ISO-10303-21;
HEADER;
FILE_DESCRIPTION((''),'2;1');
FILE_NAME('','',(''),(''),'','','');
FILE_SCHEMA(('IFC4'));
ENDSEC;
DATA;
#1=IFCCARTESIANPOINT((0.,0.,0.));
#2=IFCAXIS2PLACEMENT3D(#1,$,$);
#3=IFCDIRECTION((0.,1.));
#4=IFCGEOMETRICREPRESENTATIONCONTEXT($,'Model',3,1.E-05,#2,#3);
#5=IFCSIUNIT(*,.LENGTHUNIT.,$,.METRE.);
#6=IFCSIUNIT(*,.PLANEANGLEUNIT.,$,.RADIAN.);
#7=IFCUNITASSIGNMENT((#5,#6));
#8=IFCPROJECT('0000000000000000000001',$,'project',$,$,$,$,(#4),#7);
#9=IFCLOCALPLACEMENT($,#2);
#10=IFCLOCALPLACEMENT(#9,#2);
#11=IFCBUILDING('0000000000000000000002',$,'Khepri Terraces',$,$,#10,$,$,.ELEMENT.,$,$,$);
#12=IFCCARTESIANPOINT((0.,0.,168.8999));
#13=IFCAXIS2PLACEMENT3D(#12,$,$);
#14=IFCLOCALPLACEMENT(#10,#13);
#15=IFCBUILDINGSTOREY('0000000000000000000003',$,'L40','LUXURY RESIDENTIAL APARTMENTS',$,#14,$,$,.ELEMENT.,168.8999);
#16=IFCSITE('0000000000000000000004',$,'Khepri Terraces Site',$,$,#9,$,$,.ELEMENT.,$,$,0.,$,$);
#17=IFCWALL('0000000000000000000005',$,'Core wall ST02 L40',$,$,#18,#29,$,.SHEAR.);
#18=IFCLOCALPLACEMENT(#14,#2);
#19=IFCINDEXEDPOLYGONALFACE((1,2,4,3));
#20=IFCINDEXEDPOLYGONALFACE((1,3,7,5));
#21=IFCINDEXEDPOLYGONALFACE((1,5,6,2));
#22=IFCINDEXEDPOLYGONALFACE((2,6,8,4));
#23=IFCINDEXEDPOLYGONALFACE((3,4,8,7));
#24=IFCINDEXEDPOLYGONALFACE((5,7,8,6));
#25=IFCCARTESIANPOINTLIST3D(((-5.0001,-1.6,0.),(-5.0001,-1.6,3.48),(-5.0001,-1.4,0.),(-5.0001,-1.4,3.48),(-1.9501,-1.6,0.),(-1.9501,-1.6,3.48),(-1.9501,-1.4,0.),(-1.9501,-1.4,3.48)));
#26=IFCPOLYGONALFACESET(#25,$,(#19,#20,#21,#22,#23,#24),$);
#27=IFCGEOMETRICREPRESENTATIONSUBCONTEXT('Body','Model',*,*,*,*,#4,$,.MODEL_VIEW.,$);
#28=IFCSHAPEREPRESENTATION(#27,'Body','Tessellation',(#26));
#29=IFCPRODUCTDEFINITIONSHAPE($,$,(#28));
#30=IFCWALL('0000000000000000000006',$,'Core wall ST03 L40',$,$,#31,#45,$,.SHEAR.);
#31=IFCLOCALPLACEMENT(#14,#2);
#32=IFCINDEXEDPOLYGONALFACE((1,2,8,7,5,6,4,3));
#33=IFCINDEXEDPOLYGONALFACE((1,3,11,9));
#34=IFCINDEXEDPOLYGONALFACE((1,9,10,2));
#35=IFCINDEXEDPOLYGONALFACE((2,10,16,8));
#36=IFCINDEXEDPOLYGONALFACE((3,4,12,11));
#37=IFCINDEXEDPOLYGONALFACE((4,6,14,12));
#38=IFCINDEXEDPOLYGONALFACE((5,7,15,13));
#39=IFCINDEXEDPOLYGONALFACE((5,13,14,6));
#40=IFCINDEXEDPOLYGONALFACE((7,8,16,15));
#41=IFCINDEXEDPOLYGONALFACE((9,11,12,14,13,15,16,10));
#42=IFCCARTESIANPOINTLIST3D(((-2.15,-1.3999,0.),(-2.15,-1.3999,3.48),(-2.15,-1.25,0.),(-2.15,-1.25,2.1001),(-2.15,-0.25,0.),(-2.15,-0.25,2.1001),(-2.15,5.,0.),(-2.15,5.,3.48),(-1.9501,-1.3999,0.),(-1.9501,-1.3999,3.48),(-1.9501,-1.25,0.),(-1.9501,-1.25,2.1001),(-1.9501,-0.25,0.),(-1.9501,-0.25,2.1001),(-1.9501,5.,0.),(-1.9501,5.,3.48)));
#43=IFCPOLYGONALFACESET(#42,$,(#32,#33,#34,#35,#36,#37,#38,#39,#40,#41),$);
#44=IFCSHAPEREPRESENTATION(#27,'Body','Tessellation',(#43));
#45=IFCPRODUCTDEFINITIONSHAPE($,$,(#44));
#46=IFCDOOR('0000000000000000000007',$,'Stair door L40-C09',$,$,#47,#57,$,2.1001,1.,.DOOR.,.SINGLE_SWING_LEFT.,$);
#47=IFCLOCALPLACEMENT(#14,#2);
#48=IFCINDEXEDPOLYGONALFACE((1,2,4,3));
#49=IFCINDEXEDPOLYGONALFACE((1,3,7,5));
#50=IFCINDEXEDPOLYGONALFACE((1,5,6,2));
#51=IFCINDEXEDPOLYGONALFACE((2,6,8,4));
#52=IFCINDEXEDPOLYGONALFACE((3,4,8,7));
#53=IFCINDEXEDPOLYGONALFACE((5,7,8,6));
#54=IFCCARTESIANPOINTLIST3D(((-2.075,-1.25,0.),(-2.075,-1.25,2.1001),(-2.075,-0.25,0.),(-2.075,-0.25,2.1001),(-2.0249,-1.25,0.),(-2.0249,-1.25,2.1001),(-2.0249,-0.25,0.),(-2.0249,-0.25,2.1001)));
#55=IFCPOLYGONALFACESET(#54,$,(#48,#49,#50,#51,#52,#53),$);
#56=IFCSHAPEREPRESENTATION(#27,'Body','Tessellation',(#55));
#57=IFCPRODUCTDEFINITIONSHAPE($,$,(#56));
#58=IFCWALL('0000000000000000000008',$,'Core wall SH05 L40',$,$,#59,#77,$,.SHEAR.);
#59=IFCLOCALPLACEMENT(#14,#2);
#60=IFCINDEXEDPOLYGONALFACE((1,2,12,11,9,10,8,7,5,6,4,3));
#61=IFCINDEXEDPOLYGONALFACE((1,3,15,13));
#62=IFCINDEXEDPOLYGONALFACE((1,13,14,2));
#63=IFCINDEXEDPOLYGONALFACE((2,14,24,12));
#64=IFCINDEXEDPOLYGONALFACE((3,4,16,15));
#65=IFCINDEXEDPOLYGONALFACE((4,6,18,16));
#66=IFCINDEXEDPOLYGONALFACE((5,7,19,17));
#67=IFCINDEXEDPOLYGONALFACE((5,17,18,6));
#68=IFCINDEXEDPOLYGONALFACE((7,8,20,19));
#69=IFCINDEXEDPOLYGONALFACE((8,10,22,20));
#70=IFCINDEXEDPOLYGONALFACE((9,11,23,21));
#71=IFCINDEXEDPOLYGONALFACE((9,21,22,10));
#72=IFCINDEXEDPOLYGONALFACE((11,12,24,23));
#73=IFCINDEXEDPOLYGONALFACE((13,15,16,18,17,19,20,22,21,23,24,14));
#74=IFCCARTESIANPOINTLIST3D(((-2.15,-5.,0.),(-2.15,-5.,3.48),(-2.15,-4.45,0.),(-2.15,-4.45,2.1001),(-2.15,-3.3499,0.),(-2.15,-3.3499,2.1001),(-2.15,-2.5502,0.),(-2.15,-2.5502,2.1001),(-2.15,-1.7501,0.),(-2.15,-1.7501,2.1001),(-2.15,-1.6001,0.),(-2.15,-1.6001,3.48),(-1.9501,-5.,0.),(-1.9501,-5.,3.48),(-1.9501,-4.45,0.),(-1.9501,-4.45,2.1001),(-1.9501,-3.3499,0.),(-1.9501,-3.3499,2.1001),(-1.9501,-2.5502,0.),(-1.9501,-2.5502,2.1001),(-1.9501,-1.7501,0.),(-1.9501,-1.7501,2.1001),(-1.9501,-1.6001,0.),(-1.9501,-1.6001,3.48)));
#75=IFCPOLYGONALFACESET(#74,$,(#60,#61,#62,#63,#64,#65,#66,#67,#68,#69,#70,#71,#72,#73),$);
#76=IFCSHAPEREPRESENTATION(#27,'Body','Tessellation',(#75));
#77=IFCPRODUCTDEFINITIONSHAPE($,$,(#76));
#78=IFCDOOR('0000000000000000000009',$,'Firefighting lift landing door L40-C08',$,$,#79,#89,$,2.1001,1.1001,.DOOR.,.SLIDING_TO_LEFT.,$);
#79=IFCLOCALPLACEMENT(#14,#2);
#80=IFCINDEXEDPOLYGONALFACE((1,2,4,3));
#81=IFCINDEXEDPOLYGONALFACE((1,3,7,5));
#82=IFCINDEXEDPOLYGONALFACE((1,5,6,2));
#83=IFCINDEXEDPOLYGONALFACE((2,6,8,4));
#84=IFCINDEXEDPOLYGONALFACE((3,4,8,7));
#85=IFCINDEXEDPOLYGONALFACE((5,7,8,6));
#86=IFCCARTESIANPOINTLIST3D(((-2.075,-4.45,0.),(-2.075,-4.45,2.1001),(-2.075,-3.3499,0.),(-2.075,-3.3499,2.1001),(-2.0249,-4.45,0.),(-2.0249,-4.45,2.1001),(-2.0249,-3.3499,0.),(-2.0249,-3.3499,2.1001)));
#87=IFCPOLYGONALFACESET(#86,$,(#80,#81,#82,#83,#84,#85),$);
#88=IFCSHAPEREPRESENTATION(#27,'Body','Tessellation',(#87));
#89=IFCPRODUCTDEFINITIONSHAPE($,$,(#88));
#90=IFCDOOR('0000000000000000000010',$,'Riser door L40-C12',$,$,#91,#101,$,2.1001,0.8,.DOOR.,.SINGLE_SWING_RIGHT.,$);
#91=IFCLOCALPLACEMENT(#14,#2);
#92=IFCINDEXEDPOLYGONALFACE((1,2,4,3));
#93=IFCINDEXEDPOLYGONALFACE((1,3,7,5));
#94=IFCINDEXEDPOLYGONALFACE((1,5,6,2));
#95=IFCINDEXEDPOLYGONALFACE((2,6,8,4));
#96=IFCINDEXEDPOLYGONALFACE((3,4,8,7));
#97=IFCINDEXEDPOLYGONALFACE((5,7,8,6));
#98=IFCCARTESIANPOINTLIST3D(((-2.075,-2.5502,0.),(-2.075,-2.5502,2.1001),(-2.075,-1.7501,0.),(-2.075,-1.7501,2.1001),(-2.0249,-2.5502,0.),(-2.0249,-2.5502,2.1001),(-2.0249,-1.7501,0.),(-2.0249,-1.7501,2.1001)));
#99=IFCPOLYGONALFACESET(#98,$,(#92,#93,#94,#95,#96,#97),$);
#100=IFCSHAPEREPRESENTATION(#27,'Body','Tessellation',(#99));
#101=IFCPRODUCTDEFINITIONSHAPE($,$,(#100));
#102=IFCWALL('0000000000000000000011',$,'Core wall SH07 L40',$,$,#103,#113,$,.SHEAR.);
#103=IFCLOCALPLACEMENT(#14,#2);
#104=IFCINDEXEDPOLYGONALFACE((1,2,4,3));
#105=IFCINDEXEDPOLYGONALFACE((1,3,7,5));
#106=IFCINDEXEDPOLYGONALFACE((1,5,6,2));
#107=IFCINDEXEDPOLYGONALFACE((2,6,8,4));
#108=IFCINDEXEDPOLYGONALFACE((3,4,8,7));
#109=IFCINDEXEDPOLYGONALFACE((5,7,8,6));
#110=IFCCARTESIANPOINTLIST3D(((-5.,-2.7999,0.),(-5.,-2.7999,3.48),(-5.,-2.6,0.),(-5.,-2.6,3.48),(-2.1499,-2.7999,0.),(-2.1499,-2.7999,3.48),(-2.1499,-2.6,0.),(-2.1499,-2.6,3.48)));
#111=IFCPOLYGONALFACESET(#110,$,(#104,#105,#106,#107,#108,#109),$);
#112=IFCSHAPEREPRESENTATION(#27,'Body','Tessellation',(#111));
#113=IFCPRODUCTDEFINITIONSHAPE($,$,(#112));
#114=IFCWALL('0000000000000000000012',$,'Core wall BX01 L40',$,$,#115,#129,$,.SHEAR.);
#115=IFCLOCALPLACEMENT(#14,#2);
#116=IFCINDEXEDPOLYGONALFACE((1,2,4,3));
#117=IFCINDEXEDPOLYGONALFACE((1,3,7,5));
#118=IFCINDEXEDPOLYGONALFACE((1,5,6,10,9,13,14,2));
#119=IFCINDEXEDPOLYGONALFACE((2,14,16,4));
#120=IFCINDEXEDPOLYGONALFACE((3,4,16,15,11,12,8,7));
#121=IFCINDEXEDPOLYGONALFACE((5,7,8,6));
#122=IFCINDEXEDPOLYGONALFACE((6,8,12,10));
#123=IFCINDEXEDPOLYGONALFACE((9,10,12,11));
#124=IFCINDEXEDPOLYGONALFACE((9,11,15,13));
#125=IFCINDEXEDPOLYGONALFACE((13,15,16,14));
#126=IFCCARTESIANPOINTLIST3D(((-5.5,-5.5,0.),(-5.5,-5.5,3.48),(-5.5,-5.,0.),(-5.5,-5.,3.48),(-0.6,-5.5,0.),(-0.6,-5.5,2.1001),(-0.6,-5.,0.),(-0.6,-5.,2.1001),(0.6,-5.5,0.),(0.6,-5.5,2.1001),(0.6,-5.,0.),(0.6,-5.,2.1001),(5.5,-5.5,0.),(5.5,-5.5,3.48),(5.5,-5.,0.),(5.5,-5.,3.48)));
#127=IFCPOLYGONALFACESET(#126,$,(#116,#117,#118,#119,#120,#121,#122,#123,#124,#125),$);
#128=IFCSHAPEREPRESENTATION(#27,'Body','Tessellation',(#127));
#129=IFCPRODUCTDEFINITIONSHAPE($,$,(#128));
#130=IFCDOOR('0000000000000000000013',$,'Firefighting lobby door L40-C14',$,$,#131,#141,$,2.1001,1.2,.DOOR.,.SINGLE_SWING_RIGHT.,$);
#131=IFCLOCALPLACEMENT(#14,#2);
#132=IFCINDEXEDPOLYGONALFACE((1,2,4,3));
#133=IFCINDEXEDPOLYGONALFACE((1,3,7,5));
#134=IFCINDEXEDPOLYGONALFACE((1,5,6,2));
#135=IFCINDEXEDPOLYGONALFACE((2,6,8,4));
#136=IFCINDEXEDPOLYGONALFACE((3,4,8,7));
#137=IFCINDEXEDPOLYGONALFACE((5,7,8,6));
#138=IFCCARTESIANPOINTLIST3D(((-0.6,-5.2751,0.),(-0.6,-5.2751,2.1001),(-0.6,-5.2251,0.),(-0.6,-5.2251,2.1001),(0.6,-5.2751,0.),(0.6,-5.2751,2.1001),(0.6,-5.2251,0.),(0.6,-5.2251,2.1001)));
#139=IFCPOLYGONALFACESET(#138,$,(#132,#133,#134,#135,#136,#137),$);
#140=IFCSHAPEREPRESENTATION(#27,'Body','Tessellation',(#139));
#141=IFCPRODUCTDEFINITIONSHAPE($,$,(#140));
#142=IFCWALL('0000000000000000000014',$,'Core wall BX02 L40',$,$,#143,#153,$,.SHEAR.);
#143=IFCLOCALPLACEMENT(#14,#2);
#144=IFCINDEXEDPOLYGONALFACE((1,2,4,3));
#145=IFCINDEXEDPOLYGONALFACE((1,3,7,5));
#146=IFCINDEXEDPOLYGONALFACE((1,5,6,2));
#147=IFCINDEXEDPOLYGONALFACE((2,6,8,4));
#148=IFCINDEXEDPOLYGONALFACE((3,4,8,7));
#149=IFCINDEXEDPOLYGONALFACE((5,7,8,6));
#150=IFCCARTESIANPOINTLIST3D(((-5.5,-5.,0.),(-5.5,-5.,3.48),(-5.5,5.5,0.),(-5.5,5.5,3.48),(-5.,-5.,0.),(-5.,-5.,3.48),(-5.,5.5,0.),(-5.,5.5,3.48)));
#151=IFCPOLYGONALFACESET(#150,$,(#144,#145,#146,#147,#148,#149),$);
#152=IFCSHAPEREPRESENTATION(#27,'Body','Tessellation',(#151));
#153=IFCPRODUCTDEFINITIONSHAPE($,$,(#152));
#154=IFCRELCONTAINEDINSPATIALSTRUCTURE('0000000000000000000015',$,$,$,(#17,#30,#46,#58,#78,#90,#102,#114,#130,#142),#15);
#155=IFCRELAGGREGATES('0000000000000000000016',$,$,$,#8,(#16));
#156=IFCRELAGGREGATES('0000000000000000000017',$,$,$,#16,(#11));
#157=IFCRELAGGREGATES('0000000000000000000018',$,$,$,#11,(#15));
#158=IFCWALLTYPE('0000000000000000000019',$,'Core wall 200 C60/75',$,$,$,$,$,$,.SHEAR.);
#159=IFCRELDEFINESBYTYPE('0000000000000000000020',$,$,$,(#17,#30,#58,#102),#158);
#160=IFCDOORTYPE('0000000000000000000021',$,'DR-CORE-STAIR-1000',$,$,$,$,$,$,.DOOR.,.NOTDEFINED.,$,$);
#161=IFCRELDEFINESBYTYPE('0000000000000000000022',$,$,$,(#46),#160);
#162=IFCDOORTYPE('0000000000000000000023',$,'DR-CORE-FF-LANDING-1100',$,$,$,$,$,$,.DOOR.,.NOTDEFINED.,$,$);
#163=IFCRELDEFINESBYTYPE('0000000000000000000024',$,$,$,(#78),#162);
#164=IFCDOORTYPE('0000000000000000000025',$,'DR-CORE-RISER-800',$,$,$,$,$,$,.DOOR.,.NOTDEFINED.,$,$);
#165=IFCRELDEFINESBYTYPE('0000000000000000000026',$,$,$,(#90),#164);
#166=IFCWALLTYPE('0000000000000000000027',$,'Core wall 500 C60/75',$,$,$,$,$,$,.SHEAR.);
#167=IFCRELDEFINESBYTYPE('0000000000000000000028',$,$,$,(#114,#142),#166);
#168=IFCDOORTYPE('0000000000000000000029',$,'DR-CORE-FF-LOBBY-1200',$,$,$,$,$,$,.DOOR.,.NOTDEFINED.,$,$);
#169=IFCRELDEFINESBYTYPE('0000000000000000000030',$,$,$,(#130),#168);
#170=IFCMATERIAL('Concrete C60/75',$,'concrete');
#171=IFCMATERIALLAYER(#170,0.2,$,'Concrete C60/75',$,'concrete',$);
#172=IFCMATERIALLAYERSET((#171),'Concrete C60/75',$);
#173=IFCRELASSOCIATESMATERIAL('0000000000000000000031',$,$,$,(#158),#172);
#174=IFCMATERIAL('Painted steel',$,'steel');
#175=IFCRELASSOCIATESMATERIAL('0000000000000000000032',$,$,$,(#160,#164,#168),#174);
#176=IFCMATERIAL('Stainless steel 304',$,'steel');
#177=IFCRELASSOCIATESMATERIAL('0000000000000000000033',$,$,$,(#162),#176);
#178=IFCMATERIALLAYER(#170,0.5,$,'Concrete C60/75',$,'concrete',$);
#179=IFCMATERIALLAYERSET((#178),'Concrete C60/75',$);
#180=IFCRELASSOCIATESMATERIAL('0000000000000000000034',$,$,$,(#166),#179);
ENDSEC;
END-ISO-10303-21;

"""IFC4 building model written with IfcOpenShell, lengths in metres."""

from ifc_helpers import new_model, si_unit, direction, frame, frame_2d, origin, place, context, subcontext, project, spatial, rectangle, extrude, material, layer, layer_set, type_object, element, fill, save


model = new_model("IFC4")

# Units and contexts
model_context = context("Model", 3, precision=1e-05, world=origin(), true_north=direction((0.0, 1.0)))
body_context = subcontext(model_context, "Body", "Model", "MODEL_VIEW")
ifc_project = project(units=[si_unit("LENGTHUNIT", "METRE"), si_unit("PLANEANGLEUNIT", "RADIAN")], contexts=[model_context])

# Site, building, storey
site_placement = place(None, origin())
site = spatial("IfcSite", under=ifc_project, at=site_placement, Name="Khepri Terraces Site", CompositionType="ELEMENT", RefElevation=0.0)
building_placement = place(site_placement, origin())
building = spatial("IfcBuilding", under=site, at=building_placement, Name="Khepri Terraces", CompositionType="ELEMENT")
storey_placement = place(building_placement, frame((0.0, 0.0, 168.8999)))
storey = spatial("IfcBuildingStorey", under=building, at=storey_placement, Name="L40", Description="LUXURY RESIDENTIAL APARTMENTS", CompositionType="ELEMENT", Elevation=168.8999)

# Wall
ifc_material_1 = material(Name="Concrete C60/75", Category="concrete")
ifc_layer_1 = layer(ifc_material_1, 0.2, Name="Concrete C60/75", Category="concrete")
ifc_layer_set_1 = layer_set([ifc_layer_1], Name="Concrete C60/75")
wall_type_1 = type_object("IfcWallType", Name="Core wall 200 C60/75", PredefinedType="SHEAR", material=ifc_layer_set_1)
wall_1_placement = place(storey_placement, frame((-5.0, -1.5, 0.0), z_axis=(0.0, 0.0, 1.0), x_axis=(1.0, 0.0, 0.0)))
element("IfcWall", 1, at=wall_1_placement, inside=storey, type_object=wall_type_1, Name="Core wall ST02 L40", PredefinedType="SHEAR", context=body_context, shape_type="SweptSolid", body=[
    extrude(rectangle(XDim=3.05, YDim=0.2, at=frame_2d((1.5249, 0.0))), origin(), (0.0, 0.0, 1.0), 3.48),
])

# Wall, opening, door
wall_2_placement = place(storey_placement, frame((-2.05, -1.3999, 0.0), z_axis=(0.0, 0.0, 1.0), x_axis=(0.0, 1.0, 0.0)))
wall_2 = element("IfcWall", 2, at=wall_2_placement, inside=storey, type_object=wall_type_1, Name="Core wall ST03 L40", PredefinedType="SHEAR", context=body_context, shape_type="SweptSolid", body=[
    extrude(rectangle(XDim=6.3999, YDim=0.2, at=frame_2d((3.2, 0.0))), origin(), (0.0, 0.0, 1.0), 3.48),
])
opening_1_placement = place(wall_2_placement, frame((0.1499, 0.0, 0.0)))
opening_1 = element("IfcOpeningElement", 3, at=opening_1_placement, cuts=wall_2, PredefinedType="OPENING", context=body_context, shape_type="SweptSolid", body=[
    extrude(rectangle(XDim=1.0, YDim=2.1001, at=frame_2d((0.5, 1.05))), frame((0.0, 0.1099, 0.0), z_axis=(0.0, -1.0, 0.0), x_axis=(1.0, 0.0, 0.0)), (0.0, 0.0, 1.0), 0.22),
])
ifc_material_2 = material(Name="Painted steel", Category="steel")
door_type_1 = type_object("IfcDoorType", Name="DR-CORE-STAIR-1000", OperationType="NOTDEFINED", PredefinedType="DOOR", material=ifc_material_2)
door_1_placement = place(opening_1_placement, origin())
door_1 = element("IfcDoor", 4, at=door_1_placement, inside=storey, type_object=door_type_1, Name="Stair door L40-C09", OperationType="SINGLE_SWING_LEFT", OverallHeight=2.1001, OverallWidth=1.0, PredefinedType="DOOR", context=body_context, shape_type="SweptSolid", body=[
    extrude(rectangle(XDim=1.0, YDim=2.1001, at=frame_2d((0.5, 1.05))), frame((0.0, 0.0249, 0.0), z_axis=(0.0, -1.0, 0.0), x_axis=(1.0, 0.0, 0.0)), (0.0, 0.0, 1.0), 0.05),
])
fill(opening_1, door_1)

# Wall, openings, doors
wall_3_placement = place(storey_placement, frame((-2.05, -5.0, 0.0), z_axis=(0.0, 0.0, 1.0), x_axis=(0.0, 1.0, 0.0)))
wall_3 = element("IfcWall", 5, at=wall_3_placement, inside=storey, type_object=wall_type_1, Name="Core wall SH05 L40", PredefinedType="SHEAR", context=body_context, shape_type="SweptSolid", body=[
    extrude(rectangle(XDim=3.3999, YDim=0.2, at=frame_2d((1.7, 0.0))), origin(), (0.0, 0.0, 1.0), 3.48),
])
opening_2_placement = place(wall_3_placement, frame((0.55, 0.0, 0.0)))
opening_2 = element("IfcOpeningElement", 6, at=opening_2_placement, cuts=wall_3, PredefinedType="OPENING", context=body_context, shape_type="SweptSolid", body=[
    extrude(rectangle(XDim=1.1001, YDim=2.1001, at=frame_2d((0.55, 1.05))), frame((0.0, 0.1099, 0.0), z_axis=(0.0, -1.0, 0.0), x_axis=(1.0, 0.0, 0.0)), (0.0, 0.0, 1.0), 0.22),
])
opening_3_placement = place(wall_3_placement, frame((2.45, 0.0, 0.0)))
opening_3 = element("IfcOpeningElement", 7, at=opening_3_placement, cuts=wall_3, PredefinedType="OPENING", context=body_context, shape_type="SweptSolid", body=[
    extrude(rectangle(XDim=0.8, YDim=2.1001, at=frame_2d((0.3999, 1.05))), frame((0.0, 0.1099, 0.0), z_axis=(0.0, -1.0, 0.0), x_axis=(1.0, 0.0, 0.0)), (0.0, 0.0, 1.0), 0.22),
])
ifc_material_3 = material(Name="Stainless steel 304", Category="steel")
door_type_2 = type_object("IfcDoorType", Name="DR-CORE-FF-LANDING-1100", OperationType="NOTDEFINED", PredefinedType="DOOR", material=ifc_material_3)
door_2_placement = place(opening_2_placement, origin())
door_2 = element("IfcDoor", 8, at=door_2_placement, inside=storey, type_object=door_type_2, Name="Firefighting lift landing door L40-C08", OperationType="SLIDING_TO_LEFT", OverallHeight=2.1001, OverallWidth=1.1001, PredefinedType="DOOR", context=body_context, shape_type="SweptSolid", body=[
    extrude(rectangle(XDim=1.1001, YDim=2.1001, at=frame_2d((0.55, 1.05))), frame((0.0, 0.0249, 0.0), z_axis=(0.0, -1.0, 0.0), x_axis=(1.0, 0.0, 0.0)), (0.0, 0.0, 1.0), 0.05),
])
fill(opening_2, door_2)
door_type_3 = type_object("IfcDoorType", Name="DR-CORE-RISER-800", OperationType="NOTDEFINED", PredefinedType="DOOR", material=ifc_material_2)
door_3_placement = place(opening_3_placement, origin())
door_3 = element("IfcDoor", 9, at=door_3_placement, inside=storey, type_object=door_type_3, Name="Riser door L40-C12", OperationType="SINGLE_SWING_RIGHT", OverallHeight=2.1001, OverallWidth=0.8, PredefinedType="DOOR", context=body_context, shape_type="SweptSolid", body=[
    extrude(rectangle(XDim=0.8, YDim=2.1001, at=frame_2d((0.3999, 1.05))), frame((0.0, 0.0249, 0.0), z_axis=(0.0, -1.0, 0.0), x_axis=(1.0, 0.0, 0.0)), (0.0, 0.0, 1.0), 0.05),
])
fill(opening_3, door_3)

# Wall
wall_4_placement = place(storey_placement, frame((-5.0, -2.7, 0.0), z_axis=(0.0, 0.0, 1.0), x_axis=(1.0, 0.0, 0.0)))
element("IfcWall", 10, at=wall_4_placement, inside=storey, type_object=wall_type_1, Name="Core wall SH07 L40", PredefinedType="SHEAR", context=body_context, shape_type="SweptSolid", body=[
    extrude(rectangle(XDim=2.8501, YDim=0.2, at=frame_2d((1.425, 0.0))), origin(), (0.0, 0.0, 1.0), 3.48),
])

# Wall, opening, door
ifc_layer_2 = layer(ifc_material_1, 0.5, Name="Concrete C60/75", Category="concrete")
ifc_layer_set_2 = layer_set([ifc_layer_2], Name="Concrete C60/75")
wall_type_2 = type_object("IfcWallType", Name="Core wall 500 C60/75", PredefinedType="SHEAR", material=ifc_layer_set_2)
wall_5_placement = place(storey_placement, frame((-5.5, -5.25, 0.0), z_axis=(0.0, 0.0, 1.0), x_axis=(1.0, 0.0, 0.0)))
wall_5 = element("IfcWall", 11, at=wall_5_placement, inside=storey, type_object=wall_type_2, Name="Core wall BX01 L40", PredefinedType="SHEAR", context=body_context, shape_type="SweptSolid", body=[
    extrude(rectangle(XDim=11.0, YDim=0.5, at=frame_2d((5.5, 0.0))), origin(), (0.0, 0.0, 1.0), 3.48),
])
opening_4_placement = place(wall_5_placement, frame((4.8999, 0.0, 0.0)))
opening_4 = element("IfcOpeningElement", 12, at=opening_4_placement, cuts=wall_5, PredefinedType="OPENING", context=body_context, shape_type="SweptSolid", body=[
    extrude(rectangle(XDim=1.2, YDim=2.1001, at=frame_2d((0.6001, 1.05))), frame((0.0, 0.26, 0.0), z_axis=(0.0, -1.0, 0.0), x_axis=(1.0, 0.0, 0.0)), (0.0, 0.0, 1.0), 0.52),
])
door_type_4 = type_object("IfcDoorType", Name="DR-CORE-FF-LOBBY-1200", OperationType="NOTDEFINED", PredefinedType="DOOR", material=ifc_material_2)
door_4_placement = place(opening_4_placement, origin())
door_4 = element("IfcDoor", 13, at=door_4_placement, inside=storey, type_object=door_type_4, Name="Firefighting lobby door L40-C14", OperationType="SINGLE_SWING_RIGHT", OverallHeight=2.1001, OverallWidth=1.2, PredefinedType="DOOR", context=body_context, shape_type="SweptSolid", body=[
    extrude(rectangle(XDim=1.2, YDim=2.1001, at=frame_2d((0.6001, 1.05))), frame((0.0, 0.0249, 0.0), z_axis=(0.0, -1.0, 0.0), x_axis=(1.0, 0.0, 0.0)), (0.0, 0.0, 1.0), 0.05),
])
fill(opening_4, door_4)

# Wall
wall_6_placement = place(storey_placement, frame((-5.25, -5.0, 0.0), z_axis=(0.0, 0.0, 1.0), x_axis=(0.0, 1.0, 0.0)))
element("IfcWall", 14, at=wall_6_placement, inside=storey, type_object=wall_type_2, Name="Core wall BX02 L40", PredefinedType="SHEAR", context=body_context, shape_type="SweptSolid", body=[
    extrude(rectangle(XDim=10.5, YDim=0.5, at=frame_2d((5.25, 0.0))), origin(), (0.0, 0.0, 1.0), 3.48),
])

save(model, "model.ifc")
